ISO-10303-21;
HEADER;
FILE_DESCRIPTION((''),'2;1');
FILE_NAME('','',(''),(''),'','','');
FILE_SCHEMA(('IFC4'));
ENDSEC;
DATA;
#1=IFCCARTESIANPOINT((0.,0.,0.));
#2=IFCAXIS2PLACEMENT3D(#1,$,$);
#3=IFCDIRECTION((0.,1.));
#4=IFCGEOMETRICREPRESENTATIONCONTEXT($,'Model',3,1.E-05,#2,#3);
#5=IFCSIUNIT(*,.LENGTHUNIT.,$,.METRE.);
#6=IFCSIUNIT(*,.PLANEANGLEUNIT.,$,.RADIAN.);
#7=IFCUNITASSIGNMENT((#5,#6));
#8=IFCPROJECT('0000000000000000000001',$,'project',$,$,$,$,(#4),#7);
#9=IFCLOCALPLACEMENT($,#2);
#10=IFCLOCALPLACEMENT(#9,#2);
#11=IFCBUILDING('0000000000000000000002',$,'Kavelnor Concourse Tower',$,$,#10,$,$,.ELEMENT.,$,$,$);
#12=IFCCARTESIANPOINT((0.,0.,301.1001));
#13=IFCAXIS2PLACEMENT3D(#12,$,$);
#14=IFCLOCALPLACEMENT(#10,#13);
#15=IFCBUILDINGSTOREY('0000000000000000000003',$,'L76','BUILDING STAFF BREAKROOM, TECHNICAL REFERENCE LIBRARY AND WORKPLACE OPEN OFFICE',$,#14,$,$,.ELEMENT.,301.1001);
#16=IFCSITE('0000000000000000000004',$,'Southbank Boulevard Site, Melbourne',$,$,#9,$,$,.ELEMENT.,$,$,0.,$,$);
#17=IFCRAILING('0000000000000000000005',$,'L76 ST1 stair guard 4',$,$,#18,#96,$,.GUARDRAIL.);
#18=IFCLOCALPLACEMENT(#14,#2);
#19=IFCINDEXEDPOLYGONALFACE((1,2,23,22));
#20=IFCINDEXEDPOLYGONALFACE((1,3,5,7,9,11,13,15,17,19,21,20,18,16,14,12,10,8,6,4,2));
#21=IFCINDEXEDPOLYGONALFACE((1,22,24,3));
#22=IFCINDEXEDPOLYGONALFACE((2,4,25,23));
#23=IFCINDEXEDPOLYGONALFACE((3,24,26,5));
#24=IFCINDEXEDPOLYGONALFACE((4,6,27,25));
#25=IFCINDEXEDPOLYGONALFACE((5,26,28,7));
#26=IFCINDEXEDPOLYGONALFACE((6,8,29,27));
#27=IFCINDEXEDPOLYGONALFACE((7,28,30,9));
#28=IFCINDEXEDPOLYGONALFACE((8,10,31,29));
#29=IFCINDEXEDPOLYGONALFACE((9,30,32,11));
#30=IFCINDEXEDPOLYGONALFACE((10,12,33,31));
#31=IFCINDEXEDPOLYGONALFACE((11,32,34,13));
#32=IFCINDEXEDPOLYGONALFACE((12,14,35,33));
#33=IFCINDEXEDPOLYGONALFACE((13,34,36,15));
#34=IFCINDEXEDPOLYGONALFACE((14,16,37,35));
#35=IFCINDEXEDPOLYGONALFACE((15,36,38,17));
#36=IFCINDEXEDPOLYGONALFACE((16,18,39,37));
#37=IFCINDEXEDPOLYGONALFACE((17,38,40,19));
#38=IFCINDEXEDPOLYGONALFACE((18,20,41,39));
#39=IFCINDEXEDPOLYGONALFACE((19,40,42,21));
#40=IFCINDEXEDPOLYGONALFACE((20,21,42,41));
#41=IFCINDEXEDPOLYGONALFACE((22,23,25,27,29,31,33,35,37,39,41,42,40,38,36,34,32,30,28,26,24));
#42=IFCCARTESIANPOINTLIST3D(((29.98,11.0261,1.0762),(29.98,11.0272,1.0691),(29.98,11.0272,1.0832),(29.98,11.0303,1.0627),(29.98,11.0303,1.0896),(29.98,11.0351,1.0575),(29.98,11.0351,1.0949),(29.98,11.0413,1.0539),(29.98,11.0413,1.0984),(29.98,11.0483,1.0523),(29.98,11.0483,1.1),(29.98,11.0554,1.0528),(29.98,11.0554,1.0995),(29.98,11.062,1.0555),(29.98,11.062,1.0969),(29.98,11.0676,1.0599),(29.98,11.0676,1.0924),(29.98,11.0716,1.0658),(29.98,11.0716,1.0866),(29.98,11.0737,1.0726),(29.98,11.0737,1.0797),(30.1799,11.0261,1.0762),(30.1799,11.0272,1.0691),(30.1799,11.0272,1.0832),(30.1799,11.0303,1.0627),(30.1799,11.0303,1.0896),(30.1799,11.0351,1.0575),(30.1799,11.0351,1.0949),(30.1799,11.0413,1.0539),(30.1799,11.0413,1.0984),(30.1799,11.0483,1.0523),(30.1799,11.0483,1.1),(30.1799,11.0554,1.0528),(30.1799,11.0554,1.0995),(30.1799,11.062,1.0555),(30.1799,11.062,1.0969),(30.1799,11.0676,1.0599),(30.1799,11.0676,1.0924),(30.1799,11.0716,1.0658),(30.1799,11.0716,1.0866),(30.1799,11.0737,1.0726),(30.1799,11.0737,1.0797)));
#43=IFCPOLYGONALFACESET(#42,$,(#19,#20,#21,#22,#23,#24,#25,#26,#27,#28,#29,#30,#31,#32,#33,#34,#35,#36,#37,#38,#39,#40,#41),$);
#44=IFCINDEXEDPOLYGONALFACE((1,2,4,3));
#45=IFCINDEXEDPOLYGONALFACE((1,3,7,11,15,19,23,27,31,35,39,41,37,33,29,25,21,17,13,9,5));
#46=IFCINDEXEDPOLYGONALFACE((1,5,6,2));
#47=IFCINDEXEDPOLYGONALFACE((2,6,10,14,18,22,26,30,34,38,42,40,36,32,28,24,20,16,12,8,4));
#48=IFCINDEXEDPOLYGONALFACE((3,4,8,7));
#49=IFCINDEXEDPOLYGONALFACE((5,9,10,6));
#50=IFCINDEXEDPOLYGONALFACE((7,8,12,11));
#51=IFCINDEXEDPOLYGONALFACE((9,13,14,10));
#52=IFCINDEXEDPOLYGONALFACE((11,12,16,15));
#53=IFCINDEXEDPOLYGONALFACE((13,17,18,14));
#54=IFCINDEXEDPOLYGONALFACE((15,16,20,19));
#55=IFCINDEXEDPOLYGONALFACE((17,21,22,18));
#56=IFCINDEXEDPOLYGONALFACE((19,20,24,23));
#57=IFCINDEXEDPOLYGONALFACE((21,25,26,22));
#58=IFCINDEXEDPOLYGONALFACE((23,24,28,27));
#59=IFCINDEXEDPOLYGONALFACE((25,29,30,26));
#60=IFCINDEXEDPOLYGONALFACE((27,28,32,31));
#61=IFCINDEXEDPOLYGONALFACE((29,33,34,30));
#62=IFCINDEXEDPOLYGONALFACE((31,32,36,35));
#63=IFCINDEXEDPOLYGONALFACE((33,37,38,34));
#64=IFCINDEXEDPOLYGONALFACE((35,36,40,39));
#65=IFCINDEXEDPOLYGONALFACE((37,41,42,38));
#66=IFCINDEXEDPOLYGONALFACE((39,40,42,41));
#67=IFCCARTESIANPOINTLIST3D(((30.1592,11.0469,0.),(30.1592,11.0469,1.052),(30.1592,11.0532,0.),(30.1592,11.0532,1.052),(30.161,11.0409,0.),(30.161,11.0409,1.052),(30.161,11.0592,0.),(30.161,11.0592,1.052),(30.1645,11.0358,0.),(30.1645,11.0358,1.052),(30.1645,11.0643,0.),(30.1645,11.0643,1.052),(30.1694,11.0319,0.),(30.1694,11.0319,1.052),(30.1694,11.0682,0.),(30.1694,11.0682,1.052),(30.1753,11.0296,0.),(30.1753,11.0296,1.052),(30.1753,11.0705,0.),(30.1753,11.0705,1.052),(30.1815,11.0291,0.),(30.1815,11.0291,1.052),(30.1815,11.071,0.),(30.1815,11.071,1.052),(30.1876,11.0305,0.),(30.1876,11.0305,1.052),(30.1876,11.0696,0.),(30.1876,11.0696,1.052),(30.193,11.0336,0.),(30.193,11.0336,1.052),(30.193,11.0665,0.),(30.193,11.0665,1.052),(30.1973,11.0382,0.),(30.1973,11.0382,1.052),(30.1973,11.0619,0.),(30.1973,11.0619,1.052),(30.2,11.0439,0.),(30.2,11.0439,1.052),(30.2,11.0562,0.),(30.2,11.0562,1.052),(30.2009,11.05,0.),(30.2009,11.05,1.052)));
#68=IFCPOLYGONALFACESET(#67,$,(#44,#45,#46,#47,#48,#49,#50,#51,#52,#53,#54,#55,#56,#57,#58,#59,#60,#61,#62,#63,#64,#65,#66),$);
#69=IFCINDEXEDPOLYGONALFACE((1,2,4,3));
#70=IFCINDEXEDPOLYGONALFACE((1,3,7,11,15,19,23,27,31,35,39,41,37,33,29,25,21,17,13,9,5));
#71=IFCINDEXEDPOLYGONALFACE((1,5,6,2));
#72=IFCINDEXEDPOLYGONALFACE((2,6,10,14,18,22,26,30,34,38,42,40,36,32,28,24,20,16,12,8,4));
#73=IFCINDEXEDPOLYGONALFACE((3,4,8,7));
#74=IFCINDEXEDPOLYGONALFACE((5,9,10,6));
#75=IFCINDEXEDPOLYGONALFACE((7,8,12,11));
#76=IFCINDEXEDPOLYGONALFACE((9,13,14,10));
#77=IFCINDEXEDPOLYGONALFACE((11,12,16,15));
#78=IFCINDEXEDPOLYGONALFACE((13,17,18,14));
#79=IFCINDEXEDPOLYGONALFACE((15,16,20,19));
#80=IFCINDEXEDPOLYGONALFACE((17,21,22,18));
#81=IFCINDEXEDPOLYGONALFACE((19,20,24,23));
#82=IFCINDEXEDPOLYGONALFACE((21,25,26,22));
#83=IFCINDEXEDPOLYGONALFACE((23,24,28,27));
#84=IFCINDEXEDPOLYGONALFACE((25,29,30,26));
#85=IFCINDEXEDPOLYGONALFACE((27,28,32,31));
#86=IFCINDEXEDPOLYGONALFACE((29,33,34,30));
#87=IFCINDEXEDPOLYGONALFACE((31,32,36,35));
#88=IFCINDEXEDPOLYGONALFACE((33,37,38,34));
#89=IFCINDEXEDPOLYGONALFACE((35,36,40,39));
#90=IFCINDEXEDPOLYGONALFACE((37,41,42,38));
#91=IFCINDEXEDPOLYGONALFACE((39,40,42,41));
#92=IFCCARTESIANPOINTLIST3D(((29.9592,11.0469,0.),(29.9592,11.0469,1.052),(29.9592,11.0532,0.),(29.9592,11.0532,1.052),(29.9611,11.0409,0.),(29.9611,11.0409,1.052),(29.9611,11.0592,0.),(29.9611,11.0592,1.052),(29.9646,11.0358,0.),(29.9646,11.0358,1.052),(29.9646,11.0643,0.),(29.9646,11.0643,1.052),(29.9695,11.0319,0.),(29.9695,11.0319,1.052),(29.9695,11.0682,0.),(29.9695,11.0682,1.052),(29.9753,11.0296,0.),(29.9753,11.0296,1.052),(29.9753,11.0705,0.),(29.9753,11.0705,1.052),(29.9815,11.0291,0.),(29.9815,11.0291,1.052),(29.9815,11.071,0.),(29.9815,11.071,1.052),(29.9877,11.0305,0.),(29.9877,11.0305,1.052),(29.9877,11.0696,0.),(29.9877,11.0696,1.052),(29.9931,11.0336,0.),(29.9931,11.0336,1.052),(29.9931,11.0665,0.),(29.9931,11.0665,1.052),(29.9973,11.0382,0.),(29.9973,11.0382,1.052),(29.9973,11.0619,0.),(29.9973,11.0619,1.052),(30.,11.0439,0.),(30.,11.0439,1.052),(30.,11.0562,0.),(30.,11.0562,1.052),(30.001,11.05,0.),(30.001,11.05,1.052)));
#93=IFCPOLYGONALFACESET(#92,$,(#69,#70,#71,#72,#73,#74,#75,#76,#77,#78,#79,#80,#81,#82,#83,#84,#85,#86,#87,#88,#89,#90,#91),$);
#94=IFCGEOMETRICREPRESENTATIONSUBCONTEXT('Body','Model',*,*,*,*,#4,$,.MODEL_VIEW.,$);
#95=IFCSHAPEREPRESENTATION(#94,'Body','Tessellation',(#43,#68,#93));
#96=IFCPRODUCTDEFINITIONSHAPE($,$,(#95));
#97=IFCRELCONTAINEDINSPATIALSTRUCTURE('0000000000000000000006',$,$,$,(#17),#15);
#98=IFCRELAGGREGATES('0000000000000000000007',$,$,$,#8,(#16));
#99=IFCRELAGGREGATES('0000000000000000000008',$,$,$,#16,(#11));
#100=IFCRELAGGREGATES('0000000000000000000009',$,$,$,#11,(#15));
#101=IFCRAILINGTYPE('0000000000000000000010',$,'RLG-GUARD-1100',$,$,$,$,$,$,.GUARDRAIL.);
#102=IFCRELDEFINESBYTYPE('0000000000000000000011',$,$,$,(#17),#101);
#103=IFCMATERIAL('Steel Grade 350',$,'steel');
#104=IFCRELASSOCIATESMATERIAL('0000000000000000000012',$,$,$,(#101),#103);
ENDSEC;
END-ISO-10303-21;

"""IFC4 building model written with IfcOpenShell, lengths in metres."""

from ifc_helpers import new_model, si_unit, direction, frame, origin, origin_2d, place, context, subcontext, project, spatial, circle, extrude, material, type_object, element, save


model = new_model("IFC4")

# Units and contexts
model_context = context("Model", 3, precision=1e-05, world=origin(), true_north=direction((0.0, 1.0)))
body_context = subcontext(model_context, "Body", "Model", "MODEL_VIEW")
ifc_project = project(units=[si_unit("LENGTHUNIT", "METRE"), si_unit("PLANEANGLEUNIT", "RADIAN")], contexts=[model_context])

# Site, building, storey
site_placement = place(None, origin())
site = spatial("IfcSite", under=ifc_project, at=site_placement, Name="Southbank Boulevard Site, Melbourne", CompositionType="ELEMENT", RefElevation=0.0)
building_placement = place(site_placement, origin())
building = spatial("IfcBuilding", under=site, at=building_placement, Name="Kavelnor Concourse Tower", CompositionType="ELEMENT")
storey_placement = place(building_placement, frame((0.0, 0.0, 301.1001)))
storey = spatial("IfcBuildingStorey", under=building, at=storey_placement, Name="L76", Description="BUILDING STAFF BREAKROOM, TECHNICAL REFERENCE LIBRARY AND WORKPLACE OPEN OFFICE", CompositionType="ELEMENT", Elevation=301.1001)

# Shared definitions
ifc_material_1 = material(Name="Steel Grade 350", Category="steel")

# Railing
railing_type_1 = type_object("IfcRailingType", Name="RLG-GUARD-1100", PredefinedType="GUARDRAIL", material=ifc_material_1)
railing_1_placement = place(storey_placement, frame((30.1799, 11.05, 0.0)))
element("IfcRailing", 1, at=railing_1_placement, inside=storey, type_object=railing_type_1, Name="L76 ST1 stair guard 4", PredefinedType="GUARDRAIL", context=body_context, shape_type="SweptSolid", body=[
    extrude(circle(Radius=0.0239, at=origin_2d()), frame((0.0, 0.0, 1.0762), z_axis=(-1.0, 0.0, 0.0), x_axis=(0.0, -1.0, 0.0)), (0.0, 0.0, 1.0), 0.2),
    extrude(circle(Radius=0.021, at=origin_2d()), origin(), (0.0, 0.0, 1.0), 1.052),
    extrude(circle(Radius=0.021, at=origin_2d()), frame((-0.2, 0.0, 0.0)), (0.0, 0.0, 1.0), 1.052),
])

save(model, "model.ifc")
